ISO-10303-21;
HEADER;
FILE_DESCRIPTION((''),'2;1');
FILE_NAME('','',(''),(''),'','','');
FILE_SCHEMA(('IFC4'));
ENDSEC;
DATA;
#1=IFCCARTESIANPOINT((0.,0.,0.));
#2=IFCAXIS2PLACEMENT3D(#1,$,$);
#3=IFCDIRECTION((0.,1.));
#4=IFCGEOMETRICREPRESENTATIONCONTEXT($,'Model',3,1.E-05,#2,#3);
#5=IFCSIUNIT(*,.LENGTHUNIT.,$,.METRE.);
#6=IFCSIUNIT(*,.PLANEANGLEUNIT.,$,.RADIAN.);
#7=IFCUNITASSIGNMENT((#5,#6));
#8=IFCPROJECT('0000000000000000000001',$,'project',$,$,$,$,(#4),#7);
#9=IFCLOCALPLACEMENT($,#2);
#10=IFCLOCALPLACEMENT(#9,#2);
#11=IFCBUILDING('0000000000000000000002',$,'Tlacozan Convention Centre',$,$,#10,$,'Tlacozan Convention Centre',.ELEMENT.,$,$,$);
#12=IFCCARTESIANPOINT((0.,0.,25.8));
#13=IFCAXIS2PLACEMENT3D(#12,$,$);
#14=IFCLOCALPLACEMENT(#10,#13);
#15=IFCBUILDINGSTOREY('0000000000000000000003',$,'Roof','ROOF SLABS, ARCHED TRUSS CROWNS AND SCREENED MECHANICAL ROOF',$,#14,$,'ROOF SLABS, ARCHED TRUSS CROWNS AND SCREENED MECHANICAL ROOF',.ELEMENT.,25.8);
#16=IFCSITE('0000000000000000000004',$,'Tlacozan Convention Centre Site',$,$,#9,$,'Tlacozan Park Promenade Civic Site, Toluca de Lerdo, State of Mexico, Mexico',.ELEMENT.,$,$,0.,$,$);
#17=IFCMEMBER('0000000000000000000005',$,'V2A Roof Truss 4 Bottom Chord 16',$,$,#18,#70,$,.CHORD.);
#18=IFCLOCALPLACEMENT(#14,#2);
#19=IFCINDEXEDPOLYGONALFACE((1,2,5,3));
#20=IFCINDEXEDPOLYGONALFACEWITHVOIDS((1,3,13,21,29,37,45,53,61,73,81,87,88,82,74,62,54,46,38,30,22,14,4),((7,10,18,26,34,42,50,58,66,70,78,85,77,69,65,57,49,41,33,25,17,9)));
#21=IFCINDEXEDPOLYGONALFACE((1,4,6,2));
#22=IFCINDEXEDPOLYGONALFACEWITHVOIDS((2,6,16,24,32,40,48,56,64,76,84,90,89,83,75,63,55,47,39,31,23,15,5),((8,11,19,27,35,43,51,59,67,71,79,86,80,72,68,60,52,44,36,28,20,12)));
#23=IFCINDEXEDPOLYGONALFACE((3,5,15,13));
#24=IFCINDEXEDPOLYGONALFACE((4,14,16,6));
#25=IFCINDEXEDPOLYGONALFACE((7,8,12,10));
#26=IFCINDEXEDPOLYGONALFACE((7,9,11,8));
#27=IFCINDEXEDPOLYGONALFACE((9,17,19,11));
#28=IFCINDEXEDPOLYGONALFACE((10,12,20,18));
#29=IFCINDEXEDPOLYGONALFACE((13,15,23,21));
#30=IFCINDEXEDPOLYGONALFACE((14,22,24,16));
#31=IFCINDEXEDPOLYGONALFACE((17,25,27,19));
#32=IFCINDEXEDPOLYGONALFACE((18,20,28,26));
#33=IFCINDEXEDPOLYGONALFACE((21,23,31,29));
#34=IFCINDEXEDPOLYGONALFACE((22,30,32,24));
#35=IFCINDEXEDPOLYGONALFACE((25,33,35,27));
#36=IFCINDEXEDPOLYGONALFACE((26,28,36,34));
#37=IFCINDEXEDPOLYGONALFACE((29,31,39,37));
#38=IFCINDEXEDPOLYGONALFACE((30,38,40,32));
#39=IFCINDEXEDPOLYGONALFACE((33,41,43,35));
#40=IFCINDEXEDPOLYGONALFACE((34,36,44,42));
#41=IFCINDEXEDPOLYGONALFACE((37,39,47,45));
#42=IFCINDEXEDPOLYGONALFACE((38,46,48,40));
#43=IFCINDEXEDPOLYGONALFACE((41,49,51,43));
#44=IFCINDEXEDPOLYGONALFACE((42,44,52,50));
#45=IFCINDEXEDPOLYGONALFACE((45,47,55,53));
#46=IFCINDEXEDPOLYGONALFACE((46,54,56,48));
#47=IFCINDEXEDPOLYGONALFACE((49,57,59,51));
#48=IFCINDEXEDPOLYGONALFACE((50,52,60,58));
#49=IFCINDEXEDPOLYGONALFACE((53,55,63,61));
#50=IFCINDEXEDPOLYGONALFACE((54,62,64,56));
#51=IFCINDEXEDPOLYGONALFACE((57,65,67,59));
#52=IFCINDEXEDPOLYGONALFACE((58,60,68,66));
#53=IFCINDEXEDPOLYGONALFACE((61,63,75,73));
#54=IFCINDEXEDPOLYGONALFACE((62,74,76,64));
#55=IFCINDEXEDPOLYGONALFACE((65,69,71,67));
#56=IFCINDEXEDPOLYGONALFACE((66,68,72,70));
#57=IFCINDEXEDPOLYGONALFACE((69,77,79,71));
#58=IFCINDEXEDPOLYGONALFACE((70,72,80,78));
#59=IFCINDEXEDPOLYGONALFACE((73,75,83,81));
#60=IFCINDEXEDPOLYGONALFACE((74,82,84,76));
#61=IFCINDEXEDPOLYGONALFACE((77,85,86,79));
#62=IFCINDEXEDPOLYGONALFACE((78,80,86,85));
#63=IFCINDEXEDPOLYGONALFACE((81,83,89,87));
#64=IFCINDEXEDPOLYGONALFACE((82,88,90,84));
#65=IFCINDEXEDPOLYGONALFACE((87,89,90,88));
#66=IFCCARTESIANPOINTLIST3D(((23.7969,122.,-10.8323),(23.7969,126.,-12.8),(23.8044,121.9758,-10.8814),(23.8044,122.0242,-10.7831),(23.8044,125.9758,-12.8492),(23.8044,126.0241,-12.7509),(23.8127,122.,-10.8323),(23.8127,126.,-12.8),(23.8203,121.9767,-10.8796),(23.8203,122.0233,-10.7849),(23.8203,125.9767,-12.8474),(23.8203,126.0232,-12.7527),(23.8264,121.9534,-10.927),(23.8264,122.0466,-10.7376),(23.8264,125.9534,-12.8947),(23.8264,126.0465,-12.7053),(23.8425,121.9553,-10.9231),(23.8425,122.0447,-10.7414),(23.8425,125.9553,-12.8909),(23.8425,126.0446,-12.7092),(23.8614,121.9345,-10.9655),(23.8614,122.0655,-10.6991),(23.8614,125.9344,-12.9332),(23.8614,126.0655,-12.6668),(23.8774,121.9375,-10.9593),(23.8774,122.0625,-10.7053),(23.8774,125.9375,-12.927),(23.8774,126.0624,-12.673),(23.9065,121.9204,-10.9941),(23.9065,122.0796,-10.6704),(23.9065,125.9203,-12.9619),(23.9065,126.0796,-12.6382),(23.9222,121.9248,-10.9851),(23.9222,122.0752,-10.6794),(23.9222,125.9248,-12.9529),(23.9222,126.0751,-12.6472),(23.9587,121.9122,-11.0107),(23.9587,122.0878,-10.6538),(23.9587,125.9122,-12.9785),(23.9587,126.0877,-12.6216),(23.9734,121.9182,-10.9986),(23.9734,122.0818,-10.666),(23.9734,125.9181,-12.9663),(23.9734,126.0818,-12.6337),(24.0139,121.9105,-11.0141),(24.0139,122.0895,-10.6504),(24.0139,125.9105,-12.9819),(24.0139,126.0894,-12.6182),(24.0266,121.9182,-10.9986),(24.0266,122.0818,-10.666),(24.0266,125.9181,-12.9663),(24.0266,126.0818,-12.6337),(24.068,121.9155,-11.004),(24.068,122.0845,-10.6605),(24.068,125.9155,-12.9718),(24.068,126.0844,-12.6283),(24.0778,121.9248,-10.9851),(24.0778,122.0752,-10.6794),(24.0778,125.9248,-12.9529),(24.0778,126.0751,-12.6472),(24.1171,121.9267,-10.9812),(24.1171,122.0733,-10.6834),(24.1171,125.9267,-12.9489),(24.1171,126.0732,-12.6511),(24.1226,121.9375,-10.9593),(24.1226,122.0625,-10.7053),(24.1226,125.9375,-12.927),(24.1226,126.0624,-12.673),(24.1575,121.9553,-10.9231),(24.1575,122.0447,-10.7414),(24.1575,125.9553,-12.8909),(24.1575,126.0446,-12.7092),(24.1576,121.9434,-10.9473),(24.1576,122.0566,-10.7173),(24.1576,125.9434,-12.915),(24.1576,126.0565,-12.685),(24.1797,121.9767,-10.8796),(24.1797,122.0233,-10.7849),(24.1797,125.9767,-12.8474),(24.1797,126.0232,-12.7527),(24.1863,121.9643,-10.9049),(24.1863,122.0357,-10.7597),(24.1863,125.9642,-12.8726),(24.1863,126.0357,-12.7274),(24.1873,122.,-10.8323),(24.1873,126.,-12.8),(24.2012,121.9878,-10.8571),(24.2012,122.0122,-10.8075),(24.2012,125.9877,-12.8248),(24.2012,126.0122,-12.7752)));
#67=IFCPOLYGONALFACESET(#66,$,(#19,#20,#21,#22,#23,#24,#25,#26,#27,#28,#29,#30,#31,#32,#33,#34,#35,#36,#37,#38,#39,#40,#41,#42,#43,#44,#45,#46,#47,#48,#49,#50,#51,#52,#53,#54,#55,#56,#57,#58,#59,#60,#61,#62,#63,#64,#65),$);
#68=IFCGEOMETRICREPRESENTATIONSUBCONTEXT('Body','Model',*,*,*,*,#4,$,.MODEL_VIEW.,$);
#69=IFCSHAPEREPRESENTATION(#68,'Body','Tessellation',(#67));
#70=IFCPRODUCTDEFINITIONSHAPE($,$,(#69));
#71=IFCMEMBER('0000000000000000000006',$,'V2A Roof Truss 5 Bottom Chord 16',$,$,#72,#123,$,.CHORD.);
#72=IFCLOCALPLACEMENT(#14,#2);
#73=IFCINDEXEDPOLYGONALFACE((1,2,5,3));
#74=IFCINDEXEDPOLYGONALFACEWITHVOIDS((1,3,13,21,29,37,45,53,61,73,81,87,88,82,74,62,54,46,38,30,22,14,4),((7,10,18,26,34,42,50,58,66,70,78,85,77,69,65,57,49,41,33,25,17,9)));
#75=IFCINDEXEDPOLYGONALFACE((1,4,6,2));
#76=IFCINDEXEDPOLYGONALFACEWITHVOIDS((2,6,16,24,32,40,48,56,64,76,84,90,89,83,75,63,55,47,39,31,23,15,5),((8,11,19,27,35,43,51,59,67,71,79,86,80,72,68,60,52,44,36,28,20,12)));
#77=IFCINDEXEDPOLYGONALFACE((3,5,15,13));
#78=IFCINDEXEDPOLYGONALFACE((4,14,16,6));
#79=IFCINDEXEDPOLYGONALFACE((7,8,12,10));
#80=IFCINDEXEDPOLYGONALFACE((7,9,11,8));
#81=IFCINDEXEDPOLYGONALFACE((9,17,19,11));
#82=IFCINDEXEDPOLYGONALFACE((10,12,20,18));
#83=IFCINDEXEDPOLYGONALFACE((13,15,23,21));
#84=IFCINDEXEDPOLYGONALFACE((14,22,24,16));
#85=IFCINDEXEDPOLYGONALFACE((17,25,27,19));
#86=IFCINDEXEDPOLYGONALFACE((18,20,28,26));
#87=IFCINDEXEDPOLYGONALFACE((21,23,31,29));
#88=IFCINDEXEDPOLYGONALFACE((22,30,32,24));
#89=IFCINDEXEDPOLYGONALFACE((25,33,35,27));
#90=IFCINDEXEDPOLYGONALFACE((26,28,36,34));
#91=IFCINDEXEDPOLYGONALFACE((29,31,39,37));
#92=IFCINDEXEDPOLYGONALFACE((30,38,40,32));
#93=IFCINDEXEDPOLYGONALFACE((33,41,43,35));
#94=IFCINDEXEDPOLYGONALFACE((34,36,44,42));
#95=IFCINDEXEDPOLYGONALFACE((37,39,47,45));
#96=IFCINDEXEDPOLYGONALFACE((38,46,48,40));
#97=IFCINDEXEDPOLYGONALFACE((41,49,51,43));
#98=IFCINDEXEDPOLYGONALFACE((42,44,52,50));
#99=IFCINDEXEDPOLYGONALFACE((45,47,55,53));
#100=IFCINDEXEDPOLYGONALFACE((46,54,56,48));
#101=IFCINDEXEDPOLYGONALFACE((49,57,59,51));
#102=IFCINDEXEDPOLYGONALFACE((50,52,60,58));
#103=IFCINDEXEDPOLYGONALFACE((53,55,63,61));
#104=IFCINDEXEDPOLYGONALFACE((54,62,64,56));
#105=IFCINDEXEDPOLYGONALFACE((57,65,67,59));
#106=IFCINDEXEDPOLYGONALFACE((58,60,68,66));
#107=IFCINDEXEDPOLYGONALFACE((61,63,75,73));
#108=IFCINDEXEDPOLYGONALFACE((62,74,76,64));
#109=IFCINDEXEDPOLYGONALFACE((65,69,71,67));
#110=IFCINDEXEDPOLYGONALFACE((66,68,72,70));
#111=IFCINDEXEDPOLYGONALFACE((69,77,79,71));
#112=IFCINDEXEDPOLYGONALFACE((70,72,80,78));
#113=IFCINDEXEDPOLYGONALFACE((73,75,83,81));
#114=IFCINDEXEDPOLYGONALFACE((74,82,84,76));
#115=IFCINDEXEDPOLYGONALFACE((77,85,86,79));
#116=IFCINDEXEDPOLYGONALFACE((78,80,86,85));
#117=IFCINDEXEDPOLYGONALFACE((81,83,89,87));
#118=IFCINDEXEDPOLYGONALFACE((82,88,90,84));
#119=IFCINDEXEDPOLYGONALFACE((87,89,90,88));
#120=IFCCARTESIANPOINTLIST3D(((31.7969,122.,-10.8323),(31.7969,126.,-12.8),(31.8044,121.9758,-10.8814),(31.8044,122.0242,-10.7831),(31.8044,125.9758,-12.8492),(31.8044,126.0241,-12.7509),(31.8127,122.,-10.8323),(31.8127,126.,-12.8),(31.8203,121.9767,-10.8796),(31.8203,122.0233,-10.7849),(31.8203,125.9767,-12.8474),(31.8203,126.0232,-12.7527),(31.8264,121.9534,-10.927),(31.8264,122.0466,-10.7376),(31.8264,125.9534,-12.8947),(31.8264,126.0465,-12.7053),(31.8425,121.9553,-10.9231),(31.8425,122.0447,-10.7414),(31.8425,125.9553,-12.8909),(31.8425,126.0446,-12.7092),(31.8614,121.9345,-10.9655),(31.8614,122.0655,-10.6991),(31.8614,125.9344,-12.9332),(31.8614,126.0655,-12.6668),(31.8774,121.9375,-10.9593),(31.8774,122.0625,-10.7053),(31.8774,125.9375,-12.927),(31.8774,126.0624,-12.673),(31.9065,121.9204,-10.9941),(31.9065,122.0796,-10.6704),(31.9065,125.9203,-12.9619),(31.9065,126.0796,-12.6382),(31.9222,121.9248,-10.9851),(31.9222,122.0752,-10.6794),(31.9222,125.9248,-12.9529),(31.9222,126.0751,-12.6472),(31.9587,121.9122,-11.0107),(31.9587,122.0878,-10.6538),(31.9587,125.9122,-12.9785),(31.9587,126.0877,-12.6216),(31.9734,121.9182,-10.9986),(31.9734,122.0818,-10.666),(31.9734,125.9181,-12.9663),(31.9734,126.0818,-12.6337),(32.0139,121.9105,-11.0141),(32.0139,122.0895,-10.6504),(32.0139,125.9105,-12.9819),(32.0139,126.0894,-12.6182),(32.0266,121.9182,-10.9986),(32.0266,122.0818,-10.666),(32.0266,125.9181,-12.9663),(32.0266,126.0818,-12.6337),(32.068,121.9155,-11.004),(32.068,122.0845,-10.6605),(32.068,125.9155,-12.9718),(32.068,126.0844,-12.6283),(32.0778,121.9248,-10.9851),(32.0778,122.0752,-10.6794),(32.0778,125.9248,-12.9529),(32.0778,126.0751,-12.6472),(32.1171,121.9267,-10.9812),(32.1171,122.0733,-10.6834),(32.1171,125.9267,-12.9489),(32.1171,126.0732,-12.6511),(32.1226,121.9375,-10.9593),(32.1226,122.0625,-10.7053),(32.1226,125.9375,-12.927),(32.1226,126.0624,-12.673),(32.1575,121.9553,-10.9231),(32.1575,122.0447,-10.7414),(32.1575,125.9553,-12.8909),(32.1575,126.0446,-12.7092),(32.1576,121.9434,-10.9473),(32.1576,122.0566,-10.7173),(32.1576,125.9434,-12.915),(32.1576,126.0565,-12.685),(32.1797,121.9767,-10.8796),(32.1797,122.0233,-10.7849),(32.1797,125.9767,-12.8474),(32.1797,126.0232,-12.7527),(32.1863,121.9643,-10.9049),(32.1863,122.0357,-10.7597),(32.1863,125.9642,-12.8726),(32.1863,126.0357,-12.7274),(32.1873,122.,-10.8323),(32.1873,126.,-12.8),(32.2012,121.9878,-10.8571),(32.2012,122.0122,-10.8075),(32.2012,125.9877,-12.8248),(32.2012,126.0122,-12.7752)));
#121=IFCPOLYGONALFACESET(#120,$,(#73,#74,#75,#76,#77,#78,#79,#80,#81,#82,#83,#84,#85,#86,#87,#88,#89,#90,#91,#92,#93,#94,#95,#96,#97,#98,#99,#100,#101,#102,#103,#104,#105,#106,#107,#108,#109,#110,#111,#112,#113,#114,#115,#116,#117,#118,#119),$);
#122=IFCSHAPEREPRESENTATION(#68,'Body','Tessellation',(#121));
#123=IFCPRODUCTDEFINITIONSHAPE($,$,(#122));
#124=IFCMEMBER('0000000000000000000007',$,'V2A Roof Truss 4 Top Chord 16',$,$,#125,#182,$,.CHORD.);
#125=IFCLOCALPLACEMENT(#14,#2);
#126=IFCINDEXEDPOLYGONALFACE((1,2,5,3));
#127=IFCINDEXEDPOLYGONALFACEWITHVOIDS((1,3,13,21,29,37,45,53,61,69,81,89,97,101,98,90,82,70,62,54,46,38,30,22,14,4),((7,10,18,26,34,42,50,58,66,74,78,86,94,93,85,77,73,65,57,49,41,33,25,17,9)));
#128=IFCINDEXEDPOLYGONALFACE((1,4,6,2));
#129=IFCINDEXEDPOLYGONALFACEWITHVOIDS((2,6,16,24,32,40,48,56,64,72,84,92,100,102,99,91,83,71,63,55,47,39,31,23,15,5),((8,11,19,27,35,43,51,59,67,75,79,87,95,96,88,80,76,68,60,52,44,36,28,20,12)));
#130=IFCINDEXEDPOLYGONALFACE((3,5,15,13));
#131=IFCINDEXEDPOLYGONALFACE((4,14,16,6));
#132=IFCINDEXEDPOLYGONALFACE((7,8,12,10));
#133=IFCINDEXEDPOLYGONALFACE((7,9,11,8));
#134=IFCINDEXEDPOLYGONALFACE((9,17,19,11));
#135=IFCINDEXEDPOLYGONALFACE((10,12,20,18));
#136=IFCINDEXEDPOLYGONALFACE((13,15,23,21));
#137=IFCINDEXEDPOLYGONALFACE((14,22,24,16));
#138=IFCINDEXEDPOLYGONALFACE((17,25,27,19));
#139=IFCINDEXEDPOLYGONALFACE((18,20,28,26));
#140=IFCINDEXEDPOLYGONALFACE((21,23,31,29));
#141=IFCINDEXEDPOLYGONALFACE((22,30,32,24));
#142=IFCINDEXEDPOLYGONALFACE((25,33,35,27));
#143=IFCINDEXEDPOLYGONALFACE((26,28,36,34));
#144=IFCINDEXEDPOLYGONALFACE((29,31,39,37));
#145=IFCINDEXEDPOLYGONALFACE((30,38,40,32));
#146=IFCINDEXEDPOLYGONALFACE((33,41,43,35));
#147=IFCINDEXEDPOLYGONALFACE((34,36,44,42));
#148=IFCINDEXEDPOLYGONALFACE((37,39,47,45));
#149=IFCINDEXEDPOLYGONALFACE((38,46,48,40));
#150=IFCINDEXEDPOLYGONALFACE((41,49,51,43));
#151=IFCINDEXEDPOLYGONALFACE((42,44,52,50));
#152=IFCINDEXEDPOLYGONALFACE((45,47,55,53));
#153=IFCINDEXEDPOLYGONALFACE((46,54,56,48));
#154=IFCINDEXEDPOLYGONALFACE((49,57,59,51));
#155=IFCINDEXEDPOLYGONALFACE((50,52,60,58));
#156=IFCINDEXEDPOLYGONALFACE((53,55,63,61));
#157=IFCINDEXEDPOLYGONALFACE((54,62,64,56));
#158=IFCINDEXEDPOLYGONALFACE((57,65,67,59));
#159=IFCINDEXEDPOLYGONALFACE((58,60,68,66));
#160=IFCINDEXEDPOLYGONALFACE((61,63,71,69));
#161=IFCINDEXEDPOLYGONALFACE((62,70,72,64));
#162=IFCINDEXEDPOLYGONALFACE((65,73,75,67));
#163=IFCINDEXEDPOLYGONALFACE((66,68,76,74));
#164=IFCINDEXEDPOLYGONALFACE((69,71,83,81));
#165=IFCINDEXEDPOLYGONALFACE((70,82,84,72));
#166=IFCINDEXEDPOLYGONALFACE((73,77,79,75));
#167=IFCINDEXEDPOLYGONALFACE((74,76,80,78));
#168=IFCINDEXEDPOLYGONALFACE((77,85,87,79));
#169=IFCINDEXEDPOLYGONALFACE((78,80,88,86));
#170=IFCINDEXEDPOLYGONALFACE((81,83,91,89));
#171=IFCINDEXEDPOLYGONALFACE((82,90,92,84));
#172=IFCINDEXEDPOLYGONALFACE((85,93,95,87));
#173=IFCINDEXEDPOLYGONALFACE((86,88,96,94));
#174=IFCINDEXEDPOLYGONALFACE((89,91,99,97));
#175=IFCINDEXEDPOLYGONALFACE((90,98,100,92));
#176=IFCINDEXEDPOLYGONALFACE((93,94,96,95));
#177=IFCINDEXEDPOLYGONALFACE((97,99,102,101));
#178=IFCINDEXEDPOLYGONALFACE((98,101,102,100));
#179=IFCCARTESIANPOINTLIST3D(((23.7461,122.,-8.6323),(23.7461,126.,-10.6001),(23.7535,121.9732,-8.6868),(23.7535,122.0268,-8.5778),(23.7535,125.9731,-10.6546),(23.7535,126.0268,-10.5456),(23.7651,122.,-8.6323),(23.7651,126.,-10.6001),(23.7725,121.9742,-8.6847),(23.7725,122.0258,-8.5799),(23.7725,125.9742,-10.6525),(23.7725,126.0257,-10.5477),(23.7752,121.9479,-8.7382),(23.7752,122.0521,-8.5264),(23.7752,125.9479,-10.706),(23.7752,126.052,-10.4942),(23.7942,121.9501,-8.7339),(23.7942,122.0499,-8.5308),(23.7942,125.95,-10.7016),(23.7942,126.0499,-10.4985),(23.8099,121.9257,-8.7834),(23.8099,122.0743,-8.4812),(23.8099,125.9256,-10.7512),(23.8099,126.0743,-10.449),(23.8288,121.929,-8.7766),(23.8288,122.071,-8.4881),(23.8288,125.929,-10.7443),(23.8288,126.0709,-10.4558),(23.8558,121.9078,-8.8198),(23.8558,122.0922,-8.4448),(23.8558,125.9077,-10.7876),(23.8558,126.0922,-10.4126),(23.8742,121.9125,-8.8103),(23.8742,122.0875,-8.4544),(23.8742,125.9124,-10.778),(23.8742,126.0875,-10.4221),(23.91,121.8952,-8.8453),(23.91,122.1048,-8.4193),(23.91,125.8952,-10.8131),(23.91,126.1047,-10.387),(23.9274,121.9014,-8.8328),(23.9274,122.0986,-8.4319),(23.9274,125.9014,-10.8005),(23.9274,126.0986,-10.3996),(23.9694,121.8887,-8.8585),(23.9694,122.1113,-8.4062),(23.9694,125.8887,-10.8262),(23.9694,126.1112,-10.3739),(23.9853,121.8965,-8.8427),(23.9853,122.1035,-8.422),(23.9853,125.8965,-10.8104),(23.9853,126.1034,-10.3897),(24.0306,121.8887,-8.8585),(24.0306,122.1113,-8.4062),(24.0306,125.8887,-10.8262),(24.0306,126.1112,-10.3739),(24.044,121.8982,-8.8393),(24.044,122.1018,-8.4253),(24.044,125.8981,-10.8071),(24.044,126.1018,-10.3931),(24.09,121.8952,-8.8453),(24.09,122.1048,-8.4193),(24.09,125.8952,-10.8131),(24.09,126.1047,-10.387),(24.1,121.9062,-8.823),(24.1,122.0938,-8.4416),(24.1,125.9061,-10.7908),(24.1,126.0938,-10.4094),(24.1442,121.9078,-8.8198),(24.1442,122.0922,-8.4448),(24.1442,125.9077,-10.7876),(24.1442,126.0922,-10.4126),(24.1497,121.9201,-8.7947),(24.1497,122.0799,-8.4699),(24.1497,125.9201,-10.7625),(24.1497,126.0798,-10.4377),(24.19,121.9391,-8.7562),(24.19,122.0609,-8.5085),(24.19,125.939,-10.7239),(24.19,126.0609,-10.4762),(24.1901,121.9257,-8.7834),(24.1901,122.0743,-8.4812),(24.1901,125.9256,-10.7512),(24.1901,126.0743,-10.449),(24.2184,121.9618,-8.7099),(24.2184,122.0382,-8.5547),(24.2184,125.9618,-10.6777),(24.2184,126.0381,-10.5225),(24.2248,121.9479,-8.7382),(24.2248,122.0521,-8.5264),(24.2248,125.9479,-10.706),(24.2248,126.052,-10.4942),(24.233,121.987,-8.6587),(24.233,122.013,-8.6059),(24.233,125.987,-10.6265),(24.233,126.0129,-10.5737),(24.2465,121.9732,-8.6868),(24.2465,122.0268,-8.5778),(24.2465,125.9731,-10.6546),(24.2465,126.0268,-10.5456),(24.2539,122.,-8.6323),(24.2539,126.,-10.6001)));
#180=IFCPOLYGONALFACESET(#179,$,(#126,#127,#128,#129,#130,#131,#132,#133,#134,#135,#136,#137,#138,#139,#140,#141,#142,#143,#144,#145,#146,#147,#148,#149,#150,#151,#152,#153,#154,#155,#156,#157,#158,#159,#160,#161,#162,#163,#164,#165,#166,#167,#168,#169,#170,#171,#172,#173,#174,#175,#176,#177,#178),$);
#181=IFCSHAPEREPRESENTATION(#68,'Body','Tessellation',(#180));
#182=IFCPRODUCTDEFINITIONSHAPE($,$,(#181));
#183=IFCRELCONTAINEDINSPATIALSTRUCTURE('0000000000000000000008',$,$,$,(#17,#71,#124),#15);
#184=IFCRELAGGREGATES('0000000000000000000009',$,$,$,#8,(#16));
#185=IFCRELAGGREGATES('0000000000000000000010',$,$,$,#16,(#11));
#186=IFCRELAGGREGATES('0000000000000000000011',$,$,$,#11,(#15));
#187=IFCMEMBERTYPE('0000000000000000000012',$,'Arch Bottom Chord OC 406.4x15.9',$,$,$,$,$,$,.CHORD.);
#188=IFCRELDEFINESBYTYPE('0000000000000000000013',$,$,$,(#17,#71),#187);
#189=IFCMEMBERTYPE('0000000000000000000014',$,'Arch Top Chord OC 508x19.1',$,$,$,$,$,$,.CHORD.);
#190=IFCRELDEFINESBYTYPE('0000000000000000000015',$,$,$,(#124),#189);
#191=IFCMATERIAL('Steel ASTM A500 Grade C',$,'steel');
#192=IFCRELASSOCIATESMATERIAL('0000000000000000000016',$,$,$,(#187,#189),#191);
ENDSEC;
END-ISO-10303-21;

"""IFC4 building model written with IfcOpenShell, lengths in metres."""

from ifc_helpers import new_model, si_unit, direction, frame, origin, origin_2d, place, context, subcontext, project, spatial, hollow_circle, extrude, material, material_profile, profile_set, type_object, element, save


model = new_model("IFC4")

# Units and contexts
model_context = context("Model", 3, precision=1e-05, world=origin(), true_north=direction((0.0, 1.0)))
body_context = subcontext(model_context, "Body", "Model", "MODEL_VIEW")
ifc_project = project(units=[si_unit("LENGTHUNIT", "METRE"), si_unit("PLANEANGLEUNIT", "RADIAN")], contexts=[model_context])

# Site, building, storey
site_placement = place(None, origin())
site = spatial("IfcSite", under=ifc_project, at=site_placement, Name="Tlacozan Convention Centre Site", LongName="Tlacozan Park Promenade Civic Site, Toluca de Lerdo, State of Mexico, Mexico", CompositionType="ELEMENT", RefElevation=0.0)
building_placement = place(site_placement, origin())
building = spatial("IfcBuilding", under=site, at=building_placement, Name="Tlacozan Convention Centre", LongName="Tlacozan Convention Centre", CompositionType="ELEMENT")
storey_placement = place(building_placement, frame((0.0, 0.0, 25.8)))
storey = spatial("IfcBuildingStorey", under=building, at=storey_placement, Name="Roof", Description="ROOF SLABS, ARCHED TRUSS CROWNS AND SCREENED MECHANICAL ROOF", LongName="ROOF SLABS, ARCHED TRUSS CROWNS AND SCREENED MECHANICAL ROOF", CompositionType="ELEMENT", Elevation=25.8)

# Members
ifc_material_1 = material(Name="Steel ASTM A500 Grade C", Category="steel")
ifc_material_profile_1 = material_profile(ifc_material_1, hollow_circle(Radius=0.2031, WallThickness=0.0159, at=origin_2d()), Name="OC 406.4x15.9")
ifc_profile_set_1 = profile_set([ifc_material_profile_1], Name="Steel ASTM A500 Grade C")
member_type_1 = type_object("IfcMemberType", Name="Arch Bottom Chord OC 406.4x15.9", PredefinedType="CHORD", material=ifc_profile_set_1)
for number, where, z_axis, x_axis, name in (
    (1, (24.0, 122.0, -10.8323), (0.0, 0.8973, -0.441421), (-1.0, 0.0, 0.0), "V2A Roof Truss 4 Bottom Chord 16"),
    (2, (32.0, 122.0, -10.8323), (0.0, 0.8973, -0.441421), (-1.0, 0.0, 0.0), "V2A Roof Truss 5 Bottom Chord 16"),
):
    element("IfcMember", number, at=place(storey_placement, frame(where, z_axis=z_axis, x_axis=x_axis)), inside=storey, type_object=member_type_1, Name=name, PredefinedType="CHORD", context=body_context, shape_type="SweptSolid", body=[
        extrude(hollow_circle(Radius=0.2031, WallThickness=0.0159, at=origin_2d()), origin(), (0.0, 0.0, 1.0), 4.4578),
    ])
ifc_material_profile_2 = material_profile(ifc_material_1, hollow_circle(Radius=0.2539, WallThickness=0.019, at=origin_2d()), Name="OC 508.0x19.1")
ifc_profile_set_2 = profile_set([ifc_material_profile_2], Name="Steel ASTM A500 Grade C")
member_type_2 = type_object("IfcMemberType", Name="Arch Top Chord OC 508x19.1", PredefinedType="CHORD", material=ifc_profile_set_2)
member_1_placement = place(storey_placement, frame((24.0, 122.0, -8.6323), z_axis=(0.0, 0.8973, -0.441421), x_axis=(-1.0, 0.0, 0.0)))
element("IfcMember", 3, at=member_1_placement, inside=storey, type_object=member_type_2, Name="V2A Roof Truss 4 Top Chord 16", PredefinedType="CHORD", context=body_context, shape_type="SweptSolid", body=[
    extrude(hollow_circle(Radius=0.2539, WallThickness=0.019, at=origin_2d()), origin(), (0.0, 0.0, 1.0), 4.4578),
])

save(model, "model.ifc")
